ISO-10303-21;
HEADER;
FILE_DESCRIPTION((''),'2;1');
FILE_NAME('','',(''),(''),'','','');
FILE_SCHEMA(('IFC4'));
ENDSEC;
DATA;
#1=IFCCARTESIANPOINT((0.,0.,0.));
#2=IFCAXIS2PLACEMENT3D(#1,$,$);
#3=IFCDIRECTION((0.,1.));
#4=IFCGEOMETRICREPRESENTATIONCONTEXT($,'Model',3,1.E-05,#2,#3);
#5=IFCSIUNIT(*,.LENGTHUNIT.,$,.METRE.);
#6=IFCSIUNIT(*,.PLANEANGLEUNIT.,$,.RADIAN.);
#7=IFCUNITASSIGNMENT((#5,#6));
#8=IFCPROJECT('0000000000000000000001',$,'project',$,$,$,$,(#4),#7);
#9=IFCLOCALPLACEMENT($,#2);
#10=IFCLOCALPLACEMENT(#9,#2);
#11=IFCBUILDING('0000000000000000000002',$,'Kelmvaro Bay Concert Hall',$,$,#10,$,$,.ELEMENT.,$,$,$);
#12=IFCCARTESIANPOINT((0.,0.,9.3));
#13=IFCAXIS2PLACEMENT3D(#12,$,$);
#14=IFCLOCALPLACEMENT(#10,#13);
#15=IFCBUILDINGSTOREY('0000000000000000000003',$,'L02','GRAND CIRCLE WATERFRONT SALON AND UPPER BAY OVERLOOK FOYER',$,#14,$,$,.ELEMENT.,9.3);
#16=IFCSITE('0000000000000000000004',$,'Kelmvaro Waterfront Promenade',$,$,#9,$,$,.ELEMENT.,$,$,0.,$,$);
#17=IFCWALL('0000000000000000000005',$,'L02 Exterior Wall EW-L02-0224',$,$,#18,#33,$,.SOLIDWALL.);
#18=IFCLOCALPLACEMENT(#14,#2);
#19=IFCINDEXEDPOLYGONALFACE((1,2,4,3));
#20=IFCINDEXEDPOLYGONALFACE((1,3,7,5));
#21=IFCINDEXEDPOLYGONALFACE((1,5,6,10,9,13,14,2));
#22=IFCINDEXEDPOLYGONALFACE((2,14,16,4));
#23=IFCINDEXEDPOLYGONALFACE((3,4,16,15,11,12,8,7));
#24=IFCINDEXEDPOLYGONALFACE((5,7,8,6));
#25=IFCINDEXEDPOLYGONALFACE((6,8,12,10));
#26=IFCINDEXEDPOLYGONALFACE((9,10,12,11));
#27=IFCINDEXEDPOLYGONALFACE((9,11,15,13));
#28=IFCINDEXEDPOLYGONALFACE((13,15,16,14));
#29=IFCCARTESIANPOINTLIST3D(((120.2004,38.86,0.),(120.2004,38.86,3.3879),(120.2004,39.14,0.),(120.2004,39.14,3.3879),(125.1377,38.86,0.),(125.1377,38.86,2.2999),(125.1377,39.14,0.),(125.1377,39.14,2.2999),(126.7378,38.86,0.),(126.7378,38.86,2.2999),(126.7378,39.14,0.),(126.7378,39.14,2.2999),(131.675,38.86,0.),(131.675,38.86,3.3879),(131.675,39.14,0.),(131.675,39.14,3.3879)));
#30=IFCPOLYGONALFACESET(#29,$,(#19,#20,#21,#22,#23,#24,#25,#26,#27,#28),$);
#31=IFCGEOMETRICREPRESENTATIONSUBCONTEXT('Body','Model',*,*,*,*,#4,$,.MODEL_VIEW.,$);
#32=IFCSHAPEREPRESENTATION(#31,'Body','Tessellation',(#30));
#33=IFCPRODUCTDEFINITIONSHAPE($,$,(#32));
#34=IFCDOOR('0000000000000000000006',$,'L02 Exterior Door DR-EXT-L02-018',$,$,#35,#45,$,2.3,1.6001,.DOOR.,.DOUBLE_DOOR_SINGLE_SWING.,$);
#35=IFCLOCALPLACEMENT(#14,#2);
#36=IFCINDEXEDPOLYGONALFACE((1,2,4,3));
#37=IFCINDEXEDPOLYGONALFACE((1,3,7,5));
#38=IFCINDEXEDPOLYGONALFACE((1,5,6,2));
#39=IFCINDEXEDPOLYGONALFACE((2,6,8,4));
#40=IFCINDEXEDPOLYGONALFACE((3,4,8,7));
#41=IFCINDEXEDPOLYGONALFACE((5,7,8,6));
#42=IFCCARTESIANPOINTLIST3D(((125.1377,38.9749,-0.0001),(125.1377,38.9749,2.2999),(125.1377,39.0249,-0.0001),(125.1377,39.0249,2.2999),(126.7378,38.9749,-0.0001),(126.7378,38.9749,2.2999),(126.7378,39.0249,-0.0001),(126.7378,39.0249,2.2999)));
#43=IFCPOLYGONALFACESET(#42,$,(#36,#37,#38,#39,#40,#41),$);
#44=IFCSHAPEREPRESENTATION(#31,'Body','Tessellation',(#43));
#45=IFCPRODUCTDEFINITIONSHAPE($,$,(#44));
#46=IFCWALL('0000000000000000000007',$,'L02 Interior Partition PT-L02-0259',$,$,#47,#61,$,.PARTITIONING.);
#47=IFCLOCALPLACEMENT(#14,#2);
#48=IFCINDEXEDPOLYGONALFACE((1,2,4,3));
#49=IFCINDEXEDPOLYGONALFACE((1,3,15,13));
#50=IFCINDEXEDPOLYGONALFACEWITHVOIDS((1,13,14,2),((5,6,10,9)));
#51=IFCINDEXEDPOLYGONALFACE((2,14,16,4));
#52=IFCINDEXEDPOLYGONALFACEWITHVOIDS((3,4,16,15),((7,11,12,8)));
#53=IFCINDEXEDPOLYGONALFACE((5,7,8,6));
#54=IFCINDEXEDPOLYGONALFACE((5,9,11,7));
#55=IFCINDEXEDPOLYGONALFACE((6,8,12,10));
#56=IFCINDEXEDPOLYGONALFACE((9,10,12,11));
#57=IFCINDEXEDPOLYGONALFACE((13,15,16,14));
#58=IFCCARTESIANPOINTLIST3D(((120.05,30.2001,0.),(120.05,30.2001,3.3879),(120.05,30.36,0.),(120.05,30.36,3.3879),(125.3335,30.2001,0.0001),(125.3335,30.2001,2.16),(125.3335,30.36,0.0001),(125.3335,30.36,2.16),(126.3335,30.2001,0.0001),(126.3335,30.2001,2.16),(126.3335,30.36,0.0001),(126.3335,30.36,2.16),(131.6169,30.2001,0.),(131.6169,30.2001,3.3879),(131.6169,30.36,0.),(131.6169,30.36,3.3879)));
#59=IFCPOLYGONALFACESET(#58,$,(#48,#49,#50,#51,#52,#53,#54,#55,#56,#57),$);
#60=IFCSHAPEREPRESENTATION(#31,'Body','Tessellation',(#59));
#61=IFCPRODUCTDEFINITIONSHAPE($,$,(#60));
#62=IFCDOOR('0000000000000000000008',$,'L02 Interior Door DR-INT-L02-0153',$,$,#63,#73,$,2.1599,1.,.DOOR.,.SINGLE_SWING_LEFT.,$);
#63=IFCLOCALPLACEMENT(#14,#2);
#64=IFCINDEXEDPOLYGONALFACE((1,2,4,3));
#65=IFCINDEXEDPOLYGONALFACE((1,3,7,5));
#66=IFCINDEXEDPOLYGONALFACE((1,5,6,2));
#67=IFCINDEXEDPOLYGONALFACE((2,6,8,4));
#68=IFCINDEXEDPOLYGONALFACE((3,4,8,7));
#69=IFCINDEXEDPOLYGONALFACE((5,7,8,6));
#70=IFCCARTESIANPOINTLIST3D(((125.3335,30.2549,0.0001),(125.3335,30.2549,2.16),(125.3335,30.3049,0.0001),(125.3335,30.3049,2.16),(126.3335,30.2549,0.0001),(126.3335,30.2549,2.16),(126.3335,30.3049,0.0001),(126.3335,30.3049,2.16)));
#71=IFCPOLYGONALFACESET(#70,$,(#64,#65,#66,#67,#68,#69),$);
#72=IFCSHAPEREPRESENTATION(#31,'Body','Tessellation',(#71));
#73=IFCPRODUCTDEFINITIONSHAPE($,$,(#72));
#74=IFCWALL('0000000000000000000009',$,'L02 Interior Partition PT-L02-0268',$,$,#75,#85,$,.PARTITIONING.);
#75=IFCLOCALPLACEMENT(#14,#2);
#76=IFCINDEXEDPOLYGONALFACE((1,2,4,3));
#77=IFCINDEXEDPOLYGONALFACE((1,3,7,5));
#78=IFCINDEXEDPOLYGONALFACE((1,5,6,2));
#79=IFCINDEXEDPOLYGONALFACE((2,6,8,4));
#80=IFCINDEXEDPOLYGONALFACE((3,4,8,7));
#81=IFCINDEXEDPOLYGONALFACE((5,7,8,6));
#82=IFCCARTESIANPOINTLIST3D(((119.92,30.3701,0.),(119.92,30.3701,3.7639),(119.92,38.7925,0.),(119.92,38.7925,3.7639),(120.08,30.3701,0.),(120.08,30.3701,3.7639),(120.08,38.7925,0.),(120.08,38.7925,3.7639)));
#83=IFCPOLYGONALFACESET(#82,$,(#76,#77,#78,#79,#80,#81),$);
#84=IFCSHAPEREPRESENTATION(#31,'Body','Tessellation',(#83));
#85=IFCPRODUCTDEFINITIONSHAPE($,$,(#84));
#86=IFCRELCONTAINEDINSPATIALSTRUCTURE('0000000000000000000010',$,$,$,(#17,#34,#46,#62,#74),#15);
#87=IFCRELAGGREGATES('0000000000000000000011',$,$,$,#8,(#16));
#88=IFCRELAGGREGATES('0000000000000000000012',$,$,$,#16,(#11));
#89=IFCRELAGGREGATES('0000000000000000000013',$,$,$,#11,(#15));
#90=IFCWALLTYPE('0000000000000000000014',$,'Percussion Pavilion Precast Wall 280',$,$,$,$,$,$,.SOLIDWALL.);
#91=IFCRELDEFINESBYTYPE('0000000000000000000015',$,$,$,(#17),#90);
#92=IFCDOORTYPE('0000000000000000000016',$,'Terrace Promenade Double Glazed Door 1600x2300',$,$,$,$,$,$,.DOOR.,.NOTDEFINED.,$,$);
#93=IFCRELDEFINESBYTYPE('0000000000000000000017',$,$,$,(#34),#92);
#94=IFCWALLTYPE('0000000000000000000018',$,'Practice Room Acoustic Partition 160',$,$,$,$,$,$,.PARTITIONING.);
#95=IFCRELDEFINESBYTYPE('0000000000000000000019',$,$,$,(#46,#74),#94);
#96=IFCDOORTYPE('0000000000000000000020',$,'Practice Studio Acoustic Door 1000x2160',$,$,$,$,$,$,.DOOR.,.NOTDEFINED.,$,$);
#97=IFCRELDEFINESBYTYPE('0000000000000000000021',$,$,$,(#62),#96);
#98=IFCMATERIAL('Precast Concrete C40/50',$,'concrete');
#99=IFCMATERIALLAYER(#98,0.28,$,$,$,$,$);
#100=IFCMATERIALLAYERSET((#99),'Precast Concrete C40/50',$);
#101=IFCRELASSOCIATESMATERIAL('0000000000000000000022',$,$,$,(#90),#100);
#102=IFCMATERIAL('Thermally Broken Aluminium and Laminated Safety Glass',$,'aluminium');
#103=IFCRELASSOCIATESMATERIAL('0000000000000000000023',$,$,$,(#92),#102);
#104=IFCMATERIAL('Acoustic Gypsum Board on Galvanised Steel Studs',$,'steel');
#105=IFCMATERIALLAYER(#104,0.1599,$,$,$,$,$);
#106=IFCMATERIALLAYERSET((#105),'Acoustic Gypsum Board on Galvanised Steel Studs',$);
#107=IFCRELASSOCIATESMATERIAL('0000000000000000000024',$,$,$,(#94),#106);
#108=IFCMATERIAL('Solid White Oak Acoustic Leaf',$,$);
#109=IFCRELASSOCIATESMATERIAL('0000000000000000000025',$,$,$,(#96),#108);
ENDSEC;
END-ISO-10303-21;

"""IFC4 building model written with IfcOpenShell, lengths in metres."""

from ifc_helpers import new_model, si_unit, direction, frame, frame_2d, origin, place, context, subcontext, project, spatial, rectangle, extrude, material, layer, layer_set, type_object, element, fill, save


model = new_model("IFC4")

# Units and contexts
model_context = context("Model", 3, precision=1e-05, world=origin(), true_north=direction((0.0, 1.0)))
body_context = subcontext(model_context, "Body", "Model", "MODEL_VIEW")
ifc_project = project(units=[si_unit("LENGTHUNIT", "METRE"), si_unit("PLANEANGLEUNIT", "RADIAN")], contexts=[model_context])

# Site, building, storey
site_placement = place(None, origin())
site = spatial("IfcSite", under=ifc_project, at=site_placement, Name="Kelmvaro Waterfront Promenade", CompositionType="ELEMENT", RefElevation=0.0)
building_placement = place(site_placement, origin())
building = spatial("IfcBuilding", under=site, at=building_placement, Name="Kelmvaro Bay Concert Hall", CompositionType="ELEMENT")
storey_placement = place(building_placement, frame((0.0, 0.0, 9.3)))
storey = spatial("IfcBuildingStorey", under=building, at=storey_placement, Name="L02", Description="GRAND CIRCLE WATERFRONT SALON AND UPPER BAY OVERLOOK FOYER", CompositionType="ELEMENT", Elevation=9.3)

# Walls, openings, doors
ifc_material_1 = material(Name="Precast Concrete C40/50", Category="concrete")
ifc_layer_1 = layer(ifc_material_1, 0.28)
ifc_layer_set_1 = layer_set([ifc_layer_1], Name="Precast Concrete C40/50")
wall_type_1 = type_object("IfcWallType", Name="Percussion Pavilion Precast Wall 280", PredefinedType="SOLIDWALL", material=ifc_layer_set_1)
wall_1_placement = place(storey_placement, frame((120.2004, 39.0, 0.0), z_axis=(0.0, 0.0, 1.0), x_axis=(1.0, 0.0, 0.0)))
wall_1 = element("IfcWall", 1, at=wall_1_placement, inside=storey, type_object=wall_type_1, Name="L02 Exterior Wall EW-L02-0224", PredefinedType="SOLIDWALL", context=body_context, shape_type="SweptSolid", body=[
    extrude(rectangle(XDim=11.4746, YDim=0.28, at=frame_2d((5.7373, 0.0))), origin(), (0.0, 0.0, 1.0), 3.3879),
])
opening_1_placement = place(wall_1_placement, frame((4.9373, 0.0, 0.0)))
opening_1 = element("IfcOpeningElement", 2, at=opening_1_placement, cuts=wall_1, PredefinedType="OPENING", context=body_context, shape_type="SweptSolid", body=[
    extrude(rectangle(XDim=1.6001, YDim=2.3, at=frame_2d((0.8, 1.1499))), frame((0.0, 0.1499, 0.0), z_axis=(0.0, -1.0, 0.0), x_axis=(1.0, 0.0, 0.0)), (0.0, 0.0, 1.0), 0.3),
])
ifc_material_2 = material(Name="Thermally Broken Aluminium and Laminated Safety Glass", Category="aluminium")
door_type_1 = type_object("IfcDoorType", Name="Terrace Promenade Double Glazed Door 1600x2300", OperationType="NOTDEFINED", PredefinedType="DOOR", material=ifc_material_2)
door_1_placement = place(opening_1_placement, origin())
door_1 = element("IfcDoor", 3, at=door_1_placement, inside=storey, type_object=door_type_1, Name="L02 Exterior Door DR-EXT-L02-018", OperationType="DOUBLE_DOOR_SINGLE_SWING", OverallHeight=2.3, OverallWidth=1.6001, PredefinedType="DOOR", context=body_context, shape_type="SweptSolid", body=[
    extrude(rectangle(XDim=1.6001, YDim=2.3, at=frame_2d((0.8, 1.1499))), frame((0.0, 0.0249, 0.0), z_axis=(0.0, -1.0, 0.0), x_axis=(1.0, 0.0, 0.0)), (0.0, 0.0, 1.0), 0.05),
])
fill(opening_1, door_1)
ifc_material_3 = material(Name="Acoustic Gypsum Board on Galvanised Steel Studs", Category="steel")
ifc_layer_2 = layer(ifc_material_3, 0.1599)
ifc_layer_set_2 = layer_set([ifc_layer_2], Name="Acoustic Gypsum Board on Galvanised Steel Studs")
wall_type_2 = type_object("IfcWallType", Name="Practice Room Acoustic Partition 160", PredefinedType="PARTITIONING", material=ifc_layer_set_2)
wall_2_placement = place(storey_placement, frame((120.05, 30.28, 0.0), z_axis=(0.0, 0.0, 1.0), x_axis=(1.0, 0.0, 0.0)))
wall_2 = element("IfcWall", 4, at=wall_2_placement, inside=storey, type_object=wall_type_2, Name="L02 Interior Partition PT-L02-0259", PredefinedType="PARTITIONING", context=body_context, shape_type="SweptSolid", body=[
    extrude(rectangle(XDim=11.5669, YDim=0.1599, at=frame_2d((5.7834, 0.0))), origin(), (0.0, 0.0, 1.0), 3.3879),
])
opening_2_placement = place(wall_2_placement, frame((5.2834, 0.0, 0.0)))
opening_2 = element("IfcOpeningElement", 5, at=opening_2_placement, cuts=wall_2, PredefinedType="OPENING", context=body_context, shape_type="SweptSolid", body=[
    extrude(rectangle(XDim=1.0, YDim=2.1599, at=frame_2d((0.5, 1.0801))), frame((0.0, 0.0898, 0.0), z_axis=(0.0, -1.0, 0.0), x_axis=(1.0, 0.0, 0.0)), (0.0, 0.0, 1.0), 0.1799),
])
ifc_material_4 = material(Name="Solid White Oak Acoustic Leaf")
door_type_2 = type_object("IfcDoorType", Name="Practice Studio Acoustic Door 1000x2160", OperationType="NOTDEFINED", PredefinedType="DOOR", material=ifc_material_4)
door_2_placement = place(opening_2_placement, origin())
door_2 = element("IfcDoor", 6, at=door_2_placement, inside=storey, type_object=door_type_2, Name="L02 Interior Door DR-INT-L02-0153", OperationType="SINGLE_SWING_LEFT", OverallHeight=2.1599, OverallWidth=1.0, PredefinedType="DOOR", context=body_context, shape_type="SweptSolid", body=[
    extrude(rectangle(XDim=1.0, YDim=2.1599, at=frame_2d((0.5, 1.0801))), frame((0.0, 0.0249, 0.0), z_axis=(0.0, -1.0, 0.0), x_axis=(1.0, 0.0, 0.0)), (0.0, 0.0, 1.0), 0.05),
])
fill(opening_2, door_2)

# Wall
wall_3_placement = place(storey_placement, frame((120.0, 30.3701, 0.0), z_axis=(0.0, 0.0, 1.0), x_axis=(0.0, 1.0, 0.0)))
element("IfcWall", 7, at=wall_3_placement, inside=storey, type_object=wall_type_2, Name="L02 Interior Partition PT-L02-0268", PredefinedType="PARTITIONING", context=body_context, shape_type="SweptSolid", body=[
    extrude(rectangle(XDim=8.4224, YDim=0.1599, at=frame_2d((4.2112, 0.0))), origin(), (0.0, 0.0, 1.0), 3.7639),
])

save(model, "model.ifc")
